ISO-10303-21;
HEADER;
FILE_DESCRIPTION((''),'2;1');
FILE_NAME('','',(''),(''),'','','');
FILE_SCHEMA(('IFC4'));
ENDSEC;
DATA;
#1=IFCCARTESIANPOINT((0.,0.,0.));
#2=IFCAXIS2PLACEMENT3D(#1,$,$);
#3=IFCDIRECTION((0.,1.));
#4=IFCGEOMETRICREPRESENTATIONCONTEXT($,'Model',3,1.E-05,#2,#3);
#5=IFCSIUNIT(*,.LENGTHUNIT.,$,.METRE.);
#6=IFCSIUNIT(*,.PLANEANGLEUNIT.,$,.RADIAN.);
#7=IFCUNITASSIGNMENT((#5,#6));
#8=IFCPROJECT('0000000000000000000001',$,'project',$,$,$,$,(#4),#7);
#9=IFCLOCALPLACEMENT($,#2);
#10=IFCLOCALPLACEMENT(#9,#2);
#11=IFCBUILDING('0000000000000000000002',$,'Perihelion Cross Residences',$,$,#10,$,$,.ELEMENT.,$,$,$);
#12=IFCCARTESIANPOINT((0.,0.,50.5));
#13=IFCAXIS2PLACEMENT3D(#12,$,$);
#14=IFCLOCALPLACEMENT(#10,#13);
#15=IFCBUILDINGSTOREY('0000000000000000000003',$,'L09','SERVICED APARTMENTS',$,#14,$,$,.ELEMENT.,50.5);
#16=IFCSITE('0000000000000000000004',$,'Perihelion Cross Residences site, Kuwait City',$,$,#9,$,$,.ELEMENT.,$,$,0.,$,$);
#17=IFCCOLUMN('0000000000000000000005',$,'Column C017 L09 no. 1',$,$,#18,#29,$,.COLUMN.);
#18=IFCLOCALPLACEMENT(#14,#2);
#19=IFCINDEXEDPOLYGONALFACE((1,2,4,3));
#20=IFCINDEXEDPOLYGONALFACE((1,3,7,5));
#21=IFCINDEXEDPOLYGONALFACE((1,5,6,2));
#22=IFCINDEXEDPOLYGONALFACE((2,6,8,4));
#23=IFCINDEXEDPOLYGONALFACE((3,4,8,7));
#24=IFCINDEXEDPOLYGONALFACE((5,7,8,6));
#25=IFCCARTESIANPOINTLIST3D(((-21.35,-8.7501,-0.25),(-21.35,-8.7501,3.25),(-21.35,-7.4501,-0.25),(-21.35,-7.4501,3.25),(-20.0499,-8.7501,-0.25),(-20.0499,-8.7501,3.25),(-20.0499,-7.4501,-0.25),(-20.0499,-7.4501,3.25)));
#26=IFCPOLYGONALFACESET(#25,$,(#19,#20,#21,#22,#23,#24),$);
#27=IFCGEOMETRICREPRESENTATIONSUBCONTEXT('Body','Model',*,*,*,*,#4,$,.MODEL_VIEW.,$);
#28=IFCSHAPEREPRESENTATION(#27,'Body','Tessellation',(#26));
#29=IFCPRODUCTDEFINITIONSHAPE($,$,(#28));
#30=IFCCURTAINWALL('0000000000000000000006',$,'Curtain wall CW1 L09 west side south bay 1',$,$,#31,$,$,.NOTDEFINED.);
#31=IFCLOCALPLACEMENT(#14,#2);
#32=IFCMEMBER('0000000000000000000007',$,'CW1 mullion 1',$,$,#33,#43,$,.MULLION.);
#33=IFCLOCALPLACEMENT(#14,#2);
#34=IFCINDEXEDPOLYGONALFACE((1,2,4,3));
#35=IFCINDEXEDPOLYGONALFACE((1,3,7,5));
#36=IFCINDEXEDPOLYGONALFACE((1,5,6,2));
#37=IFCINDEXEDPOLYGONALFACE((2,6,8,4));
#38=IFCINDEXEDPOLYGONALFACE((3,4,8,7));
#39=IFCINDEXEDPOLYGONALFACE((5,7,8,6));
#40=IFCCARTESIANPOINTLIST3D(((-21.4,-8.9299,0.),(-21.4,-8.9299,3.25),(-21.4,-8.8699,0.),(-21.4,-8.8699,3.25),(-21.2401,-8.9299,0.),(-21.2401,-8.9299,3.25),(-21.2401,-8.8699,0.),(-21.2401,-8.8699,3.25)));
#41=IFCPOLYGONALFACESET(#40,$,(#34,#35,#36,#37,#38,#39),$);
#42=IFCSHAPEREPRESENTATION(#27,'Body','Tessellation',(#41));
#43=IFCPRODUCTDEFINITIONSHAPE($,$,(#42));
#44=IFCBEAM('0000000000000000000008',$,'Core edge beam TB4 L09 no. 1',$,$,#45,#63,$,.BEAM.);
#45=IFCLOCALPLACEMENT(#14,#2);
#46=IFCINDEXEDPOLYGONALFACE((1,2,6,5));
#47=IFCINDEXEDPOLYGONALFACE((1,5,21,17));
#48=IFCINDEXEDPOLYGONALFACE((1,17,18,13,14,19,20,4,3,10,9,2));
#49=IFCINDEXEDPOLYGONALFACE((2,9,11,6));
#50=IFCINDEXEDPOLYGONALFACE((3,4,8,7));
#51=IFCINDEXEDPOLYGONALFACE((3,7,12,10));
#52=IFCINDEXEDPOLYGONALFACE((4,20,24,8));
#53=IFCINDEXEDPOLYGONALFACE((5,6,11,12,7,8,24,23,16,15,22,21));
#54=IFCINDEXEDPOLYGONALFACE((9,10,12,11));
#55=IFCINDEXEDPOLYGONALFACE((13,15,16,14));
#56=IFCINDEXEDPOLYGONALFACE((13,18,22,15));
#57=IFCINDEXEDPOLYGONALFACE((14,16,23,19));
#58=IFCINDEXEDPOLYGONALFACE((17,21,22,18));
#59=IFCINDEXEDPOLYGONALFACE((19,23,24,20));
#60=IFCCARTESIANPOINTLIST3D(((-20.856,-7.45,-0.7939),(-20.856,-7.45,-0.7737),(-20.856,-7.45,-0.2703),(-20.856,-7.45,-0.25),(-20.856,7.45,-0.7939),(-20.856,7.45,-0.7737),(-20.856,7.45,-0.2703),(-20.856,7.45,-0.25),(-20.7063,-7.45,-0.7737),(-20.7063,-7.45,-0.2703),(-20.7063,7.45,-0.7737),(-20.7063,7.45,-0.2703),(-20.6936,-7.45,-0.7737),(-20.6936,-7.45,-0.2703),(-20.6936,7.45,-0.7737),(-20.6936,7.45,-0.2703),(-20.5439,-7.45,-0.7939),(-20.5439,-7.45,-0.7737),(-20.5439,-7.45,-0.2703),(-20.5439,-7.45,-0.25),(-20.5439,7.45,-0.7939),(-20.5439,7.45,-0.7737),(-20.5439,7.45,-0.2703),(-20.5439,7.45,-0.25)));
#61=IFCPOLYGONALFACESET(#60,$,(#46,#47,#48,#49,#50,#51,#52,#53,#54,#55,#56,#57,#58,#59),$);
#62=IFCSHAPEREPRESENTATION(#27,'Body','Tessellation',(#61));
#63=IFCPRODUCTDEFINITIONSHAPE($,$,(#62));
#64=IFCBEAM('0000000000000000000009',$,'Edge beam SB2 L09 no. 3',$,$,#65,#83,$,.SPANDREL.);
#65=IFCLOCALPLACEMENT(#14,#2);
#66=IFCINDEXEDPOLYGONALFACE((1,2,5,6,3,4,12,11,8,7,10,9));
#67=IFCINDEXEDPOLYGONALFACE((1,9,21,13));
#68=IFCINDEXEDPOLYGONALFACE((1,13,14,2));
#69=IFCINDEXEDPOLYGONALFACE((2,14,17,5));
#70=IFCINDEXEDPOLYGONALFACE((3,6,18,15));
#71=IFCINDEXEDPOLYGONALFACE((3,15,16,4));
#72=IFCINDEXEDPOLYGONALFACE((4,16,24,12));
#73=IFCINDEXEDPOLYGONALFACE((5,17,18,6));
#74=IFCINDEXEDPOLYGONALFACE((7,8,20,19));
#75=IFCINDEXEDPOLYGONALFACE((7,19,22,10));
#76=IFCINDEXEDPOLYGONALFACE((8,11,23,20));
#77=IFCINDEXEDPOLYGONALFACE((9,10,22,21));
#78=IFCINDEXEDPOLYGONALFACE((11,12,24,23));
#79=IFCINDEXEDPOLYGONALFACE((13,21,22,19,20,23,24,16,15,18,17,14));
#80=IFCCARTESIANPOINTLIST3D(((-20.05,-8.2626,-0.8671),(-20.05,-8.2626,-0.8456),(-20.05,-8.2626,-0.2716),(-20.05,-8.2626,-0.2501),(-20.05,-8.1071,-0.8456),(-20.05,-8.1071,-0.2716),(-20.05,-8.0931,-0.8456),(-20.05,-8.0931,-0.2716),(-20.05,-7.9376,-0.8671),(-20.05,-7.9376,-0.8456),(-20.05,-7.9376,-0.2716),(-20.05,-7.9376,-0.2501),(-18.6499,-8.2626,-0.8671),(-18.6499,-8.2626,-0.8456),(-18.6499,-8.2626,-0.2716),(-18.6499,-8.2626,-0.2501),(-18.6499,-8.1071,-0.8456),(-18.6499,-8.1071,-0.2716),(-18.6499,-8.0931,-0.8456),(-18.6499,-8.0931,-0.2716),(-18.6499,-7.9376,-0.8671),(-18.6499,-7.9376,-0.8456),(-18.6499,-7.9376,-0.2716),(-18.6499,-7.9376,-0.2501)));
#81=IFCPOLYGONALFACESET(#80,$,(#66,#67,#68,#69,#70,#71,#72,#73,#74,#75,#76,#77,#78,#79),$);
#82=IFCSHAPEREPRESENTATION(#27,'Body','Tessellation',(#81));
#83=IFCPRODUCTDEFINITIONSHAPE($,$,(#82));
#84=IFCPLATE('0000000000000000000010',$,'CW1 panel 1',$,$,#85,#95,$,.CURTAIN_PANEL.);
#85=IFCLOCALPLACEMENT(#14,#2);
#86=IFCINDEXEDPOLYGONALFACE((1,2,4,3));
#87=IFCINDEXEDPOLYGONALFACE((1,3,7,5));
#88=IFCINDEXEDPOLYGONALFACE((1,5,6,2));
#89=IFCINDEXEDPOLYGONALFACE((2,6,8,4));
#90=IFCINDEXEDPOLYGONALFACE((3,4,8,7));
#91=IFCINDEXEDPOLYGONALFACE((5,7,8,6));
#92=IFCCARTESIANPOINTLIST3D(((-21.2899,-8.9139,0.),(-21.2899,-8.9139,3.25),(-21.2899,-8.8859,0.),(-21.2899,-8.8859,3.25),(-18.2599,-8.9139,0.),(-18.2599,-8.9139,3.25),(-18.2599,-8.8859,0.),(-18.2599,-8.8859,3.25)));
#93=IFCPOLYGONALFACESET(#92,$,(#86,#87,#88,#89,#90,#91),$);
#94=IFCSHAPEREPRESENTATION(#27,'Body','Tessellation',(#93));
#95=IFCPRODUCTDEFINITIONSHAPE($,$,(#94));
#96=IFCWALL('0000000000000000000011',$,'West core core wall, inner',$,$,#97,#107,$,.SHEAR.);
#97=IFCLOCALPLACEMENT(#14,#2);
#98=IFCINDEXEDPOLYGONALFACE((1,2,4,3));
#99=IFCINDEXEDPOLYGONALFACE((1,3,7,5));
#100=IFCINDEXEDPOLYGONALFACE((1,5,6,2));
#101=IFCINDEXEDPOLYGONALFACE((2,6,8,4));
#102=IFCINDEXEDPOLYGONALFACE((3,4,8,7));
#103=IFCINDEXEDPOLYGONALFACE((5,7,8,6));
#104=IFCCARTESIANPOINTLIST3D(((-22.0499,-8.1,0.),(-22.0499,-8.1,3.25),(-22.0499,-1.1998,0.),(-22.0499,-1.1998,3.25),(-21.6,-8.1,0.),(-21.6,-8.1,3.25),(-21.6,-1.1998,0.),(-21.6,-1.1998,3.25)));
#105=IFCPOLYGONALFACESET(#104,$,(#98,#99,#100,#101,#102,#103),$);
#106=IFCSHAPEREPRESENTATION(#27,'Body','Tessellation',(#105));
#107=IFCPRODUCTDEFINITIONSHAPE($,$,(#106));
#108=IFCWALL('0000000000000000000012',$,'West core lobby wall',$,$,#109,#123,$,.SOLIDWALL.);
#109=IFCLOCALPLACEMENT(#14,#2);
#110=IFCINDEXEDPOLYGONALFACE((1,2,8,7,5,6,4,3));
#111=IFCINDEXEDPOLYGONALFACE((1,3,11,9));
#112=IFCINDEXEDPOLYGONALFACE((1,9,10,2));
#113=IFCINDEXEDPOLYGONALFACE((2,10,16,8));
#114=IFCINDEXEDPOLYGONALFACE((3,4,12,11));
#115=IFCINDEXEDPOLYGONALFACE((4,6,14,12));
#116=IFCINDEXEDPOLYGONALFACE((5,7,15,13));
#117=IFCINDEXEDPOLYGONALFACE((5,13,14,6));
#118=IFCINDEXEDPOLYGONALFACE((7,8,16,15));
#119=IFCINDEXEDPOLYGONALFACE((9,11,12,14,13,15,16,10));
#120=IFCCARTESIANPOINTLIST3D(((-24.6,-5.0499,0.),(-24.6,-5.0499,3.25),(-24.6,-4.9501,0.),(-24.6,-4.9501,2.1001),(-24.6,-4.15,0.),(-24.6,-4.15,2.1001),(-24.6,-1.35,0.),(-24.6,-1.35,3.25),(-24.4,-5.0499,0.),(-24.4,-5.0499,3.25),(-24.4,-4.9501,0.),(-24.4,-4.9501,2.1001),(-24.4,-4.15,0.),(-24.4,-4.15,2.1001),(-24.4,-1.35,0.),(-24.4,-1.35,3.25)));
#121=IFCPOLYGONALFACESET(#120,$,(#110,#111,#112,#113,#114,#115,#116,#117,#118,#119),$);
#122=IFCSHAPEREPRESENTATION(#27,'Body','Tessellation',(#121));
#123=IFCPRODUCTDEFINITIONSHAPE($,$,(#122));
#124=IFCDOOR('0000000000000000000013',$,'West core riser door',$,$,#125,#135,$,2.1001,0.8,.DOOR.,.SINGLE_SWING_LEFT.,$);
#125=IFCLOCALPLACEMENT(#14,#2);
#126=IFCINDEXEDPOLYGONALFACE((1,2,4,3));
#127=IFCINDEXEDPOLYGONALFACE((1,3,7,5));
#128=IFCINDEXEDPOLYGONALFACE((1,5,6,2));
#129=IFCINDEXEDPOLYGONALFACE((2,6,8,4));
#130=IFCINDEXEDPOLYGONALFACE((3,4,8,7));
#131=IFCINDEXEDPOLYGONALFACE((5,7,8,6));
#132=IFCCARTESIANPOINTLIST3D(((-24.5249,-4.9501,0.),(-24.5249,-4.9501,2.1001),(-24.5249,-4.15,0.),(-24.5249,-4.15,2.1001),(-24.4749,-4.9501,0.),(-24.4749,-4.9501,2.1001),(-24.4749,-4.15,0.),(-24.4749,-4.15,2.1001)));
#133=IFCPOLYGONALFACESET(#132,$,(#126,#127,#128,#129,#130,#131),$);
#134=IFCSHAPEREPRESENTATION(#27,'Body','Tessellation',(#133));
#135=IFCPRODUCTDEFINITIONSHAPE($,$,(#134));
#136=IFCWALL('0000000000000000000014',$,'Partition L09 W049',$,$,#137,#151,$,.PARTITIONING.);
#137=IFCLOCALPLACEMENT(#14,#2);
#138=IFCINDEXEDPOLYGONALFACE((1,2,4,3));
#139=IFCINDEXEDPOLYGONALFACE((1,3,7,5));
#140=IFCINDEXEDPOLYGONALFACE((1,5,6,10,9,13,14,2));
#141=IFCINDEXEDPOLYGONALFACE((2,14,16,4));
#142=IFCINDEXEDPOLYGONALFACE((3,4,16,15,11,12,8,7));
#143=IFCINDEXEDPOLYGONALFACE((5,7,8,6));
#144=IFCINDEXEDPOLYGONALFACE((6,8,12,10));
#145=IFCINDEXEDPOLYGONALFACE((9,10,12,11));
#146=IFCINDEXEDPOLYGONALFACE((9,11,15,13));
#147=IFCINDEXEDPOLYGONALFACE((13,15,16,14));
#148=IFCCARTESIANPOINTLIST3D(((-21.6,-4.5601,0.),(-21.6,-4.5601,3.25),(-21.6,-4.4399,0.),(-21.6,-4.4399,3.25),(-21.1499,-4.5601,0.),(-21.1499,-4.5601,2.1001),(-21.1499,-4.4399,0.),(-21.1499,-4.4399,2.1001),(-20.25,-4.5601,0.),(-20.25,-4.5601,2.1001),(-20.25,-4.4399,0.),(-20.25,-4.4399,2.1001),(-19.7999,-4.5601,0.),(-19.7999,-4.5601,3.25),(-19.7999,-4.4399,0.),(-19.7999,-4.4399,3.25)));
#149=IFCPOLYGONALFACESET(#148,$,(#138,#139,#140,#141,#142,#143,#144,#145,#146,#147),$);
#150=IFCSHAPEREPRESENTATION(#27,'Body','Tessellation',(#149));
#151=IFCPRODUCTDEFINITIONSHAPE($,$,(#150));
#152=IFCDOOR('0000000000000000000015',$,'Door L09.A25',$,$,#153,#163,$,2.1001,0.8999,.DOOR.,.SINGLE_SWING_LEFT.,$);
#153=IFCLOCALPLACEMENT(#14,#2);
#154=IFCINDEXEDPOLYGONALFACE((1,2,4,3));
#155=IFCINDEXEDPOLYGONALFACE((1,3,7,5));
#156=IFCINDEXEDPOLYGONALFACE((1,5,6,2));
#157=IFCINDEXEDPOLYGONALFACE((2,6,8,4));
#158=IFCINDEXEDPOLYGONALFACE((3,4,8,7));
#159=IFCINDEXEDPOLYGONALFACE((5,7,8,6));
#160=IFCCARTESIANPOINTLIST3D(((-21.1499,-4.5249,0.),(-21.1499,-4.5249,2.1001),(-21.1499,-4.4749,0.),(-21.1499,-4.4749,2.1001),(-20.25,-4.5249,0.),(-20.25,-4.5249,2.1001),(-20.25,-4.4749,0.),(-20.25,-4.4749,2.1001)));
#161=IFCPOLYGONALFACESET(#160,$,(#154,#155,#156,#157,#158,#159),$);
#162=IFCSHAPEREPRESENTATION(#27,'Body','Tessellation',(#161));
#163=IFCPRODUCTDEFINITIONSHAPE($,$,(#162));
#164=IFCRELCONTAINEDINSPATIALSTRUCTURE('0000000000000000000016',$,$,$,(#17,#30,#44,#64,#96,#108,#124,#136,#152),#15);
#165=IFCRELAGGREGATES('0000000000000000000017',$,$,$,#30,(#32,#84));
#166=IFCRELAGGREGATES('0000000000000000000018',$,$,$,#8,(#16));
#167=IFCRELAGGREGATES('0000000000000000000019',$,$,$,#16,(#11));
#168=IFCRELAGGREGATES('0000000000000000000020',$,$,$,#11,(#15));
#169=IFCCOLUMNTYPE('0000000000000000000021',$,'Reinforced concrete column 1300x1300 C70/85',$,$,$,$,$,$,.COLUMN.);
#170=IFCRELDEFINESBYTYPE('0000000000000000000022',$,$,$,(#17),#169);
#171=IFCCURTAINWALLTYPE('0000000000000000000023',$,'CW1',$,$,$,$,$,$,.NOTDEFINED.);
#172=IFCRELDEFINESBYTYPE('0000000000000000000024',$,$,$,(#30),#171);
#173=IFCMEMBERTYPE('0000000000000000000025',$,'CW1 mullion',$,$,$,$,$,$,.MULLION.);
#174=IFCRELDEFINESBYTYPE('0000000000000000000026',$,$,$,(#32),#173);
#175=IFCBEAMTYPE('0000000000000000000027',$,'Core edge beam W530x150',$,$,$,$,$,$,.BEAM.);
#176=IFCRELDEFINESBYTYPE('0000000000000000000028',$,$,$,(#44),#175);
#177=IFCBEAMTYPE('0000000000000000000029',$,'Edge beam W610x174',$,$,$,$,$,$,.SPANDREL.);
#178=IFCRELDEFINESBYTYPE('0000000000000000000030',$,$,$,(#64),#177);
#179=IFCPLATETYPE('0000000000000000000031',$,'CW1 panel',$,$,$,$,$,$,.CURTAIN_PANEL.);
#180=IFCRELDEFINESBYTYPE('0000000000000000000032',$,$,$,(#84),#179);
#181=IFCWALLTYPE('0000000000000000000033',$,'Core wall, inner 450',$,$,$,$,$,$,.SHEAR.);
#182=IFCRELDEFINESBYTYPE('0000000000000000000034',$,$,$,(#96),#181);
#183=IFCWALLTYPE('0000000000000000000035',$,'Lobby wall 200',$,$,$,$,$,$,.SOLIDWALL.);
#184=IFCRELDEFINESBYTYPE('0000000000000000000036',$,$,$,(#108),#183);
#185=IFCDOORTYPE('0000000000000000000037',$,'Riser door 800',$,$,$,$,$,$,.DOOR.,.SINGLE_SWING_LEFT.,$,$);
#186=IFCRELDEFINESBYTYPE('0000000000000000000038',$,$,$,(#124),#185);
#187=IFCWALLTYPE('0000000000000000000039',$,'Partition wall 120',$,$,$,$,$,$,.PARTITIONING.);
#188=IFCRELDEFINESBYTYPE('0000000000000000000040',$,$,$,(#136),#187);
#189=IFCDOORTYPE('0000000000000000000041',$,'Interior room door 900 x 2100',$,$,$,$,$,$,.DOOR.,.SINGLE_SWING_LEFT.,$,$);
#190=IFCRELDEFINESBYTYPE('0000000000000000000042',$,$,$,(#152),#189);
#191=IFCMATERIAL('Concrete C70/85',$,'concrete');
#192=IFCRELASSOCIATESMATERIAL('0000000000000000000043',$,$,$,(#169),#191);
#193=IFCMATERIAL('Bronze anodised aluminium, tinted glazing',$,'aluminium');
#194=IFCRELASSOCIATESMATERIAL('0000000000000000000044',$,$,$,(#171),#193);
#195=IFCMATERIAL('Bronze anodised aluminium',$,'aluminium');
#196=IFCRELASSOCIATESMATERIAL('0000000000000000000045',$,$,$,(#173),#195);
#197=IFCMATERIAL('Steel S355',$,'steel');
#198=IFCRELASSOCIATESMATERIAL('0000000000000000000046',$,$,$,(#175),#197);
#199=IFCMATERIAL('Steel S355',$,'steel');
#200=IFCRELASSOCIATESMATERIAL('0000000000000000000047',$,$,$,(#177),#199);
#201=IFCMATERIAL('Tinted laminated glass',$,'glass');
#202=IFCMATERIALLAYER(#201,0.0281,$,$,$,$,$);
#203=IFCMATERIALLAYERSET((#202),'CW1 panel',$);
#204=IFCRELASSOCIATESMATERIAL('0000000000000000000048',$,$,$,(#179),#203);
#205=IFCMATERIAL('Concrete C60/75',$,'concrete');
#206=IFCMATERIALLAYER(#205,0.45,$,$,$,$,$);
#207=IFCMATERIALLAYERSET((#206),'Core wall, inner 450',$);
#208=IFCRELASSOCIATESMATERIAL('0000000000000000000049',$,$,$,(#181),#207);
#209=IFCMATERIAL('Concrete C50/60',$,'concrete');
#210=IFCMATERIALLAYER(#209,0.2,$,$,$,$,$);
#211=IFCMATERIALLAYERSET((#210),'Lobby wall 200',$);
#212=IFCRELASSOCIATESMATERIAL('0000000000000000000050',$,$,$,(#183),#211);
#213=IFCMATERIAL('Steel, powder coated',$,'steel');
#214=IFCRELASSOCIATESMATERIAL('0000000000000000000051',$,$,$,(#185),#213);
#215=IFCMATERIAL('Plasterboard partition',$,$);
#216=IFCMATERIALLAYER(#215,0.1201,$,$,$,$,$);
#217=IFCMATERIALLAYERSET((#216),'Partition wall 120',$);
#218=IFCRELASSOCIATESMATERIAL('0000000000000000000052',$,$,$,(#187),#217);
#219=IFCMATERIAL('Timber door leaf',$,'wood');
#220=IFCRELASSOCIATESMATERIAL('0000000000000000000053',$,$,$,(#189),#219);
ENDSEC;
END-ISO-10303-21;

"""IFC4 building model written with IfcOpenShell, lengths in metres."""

from ifc_helpers import new_model, si_unit, direction, frame, frame_2d, origin, origin_2d, place, context, subcontext, project, spatial, rectangle, i_section, extrude, material, layer, layer_set, material_profile, profile_set, type_object, element, fill, aggregate, save


model = new_model("IFC4")

# Units and contexts
model_context = context("Model", 3, precision=1e-05, world=origin(), true_north=direction((0.0, 1.0)))
body_context = subcontext(model_context, "Body", "Model", "MODEL_VIEW")
ifc_project = project(units=[si_unit("LENGTHUNIT", "METRE"), si_unit("PLANEANGLEUNIT", "RADIAN")], contexts=[model_context])

# Site, building, storey
site_placement = place(None, origin())
site = spatial("IfcSite", under=ifc_project, at=site_placement, Name="Perihelion Cross Residences site, Kuwait City", CompositionType="ELEMENT", RefElevation=0.0)
building_placement = place(site_placement, origin())
building = spatial("IfcBuilding", under=site, at=building_placement, Name="Perihelion Cross Residences", CompositionType="ELEMENT")
storey_placement = place(building_placement, frame((0.0, 0.0, 50.5)))
storey = spatial("IfcBuildingStorey", under=building, at=storey_placement, Name="L09", Description="SERVICED APARTMENTS", CompositionType="ELEMENT", Elevation=50.5)

# Column
ifc_material_1 = material(Name="Concrete C70/85", Category="concrete")
ifc_material_profile_1 = material_profile(ifc_material_1, rectangle(XDim=1.3, YDim=1.3, at=origin_2d()), Name="RC 1300x1300")
ifc_profile_set_1 = profile_set([ifc_material_profile_1], Name="Concrete C70/85")
column_type = type_object("IfcColumnType", Name="Reinforced concrete column 1300x1300 C70/85", PredefinedType="COLUMN", material=ifc_profile_set_1)
column_placement = place(storey_placement, frame((-20.7, -8.1001, -0.25), z_axis=(0.0, 0.0, 1.0), x_axis=(1.0, 0.0, 0.0)))
element("IfcColumn", 1, at=column_placement, inside=storey, type_object=column_type, Name="Column C017 L09 no. 1", PredefinedType="COLUMN", context=body_context, shape_type="SweptSolid", body=[
    extrude(rectangle(XDim=1.3, YDim=1.3, at=origin_2d()), origin(), (0.0, 0.0, 1.0), 3.5),
])

# Curtain wall, member
ifc_material_2 = material(Name="Bronze anodised aluminium, tinted glazing", Category="aluminium")
curtain_wall_type = type_object("IfcCurtainWallType", Name="CW1", PredefinedType="NOTDEFINED", material=ifc_material_2)
curtain_wall_placement = place(storey_placement, origin())
curtain_wall = element("IfcCurtainWall", 2, at=curtain_wall_placement, inside=storey, type_object=curtain_wall_type, Name="Curtain wall CW1 L09 west side south bay 1", PredefinedType="NOTDEFINED")
ifc_material_3 = material(Name="Bronze anodised aluminium", Category="aluminium")
ifc_material_profile_2 = material_profile(ifc_material_3, rectangle(XDim=0.0601, YDim=0.1599, at=origin_2d()), Name="CW1 mullion")
ifc_profile_set_2 = profile_set([ifc_material_profile_2], Name="Bronze anodised aluminium")
member_type = type_object("IfcMemberType", Name="CW1 mullion", PredefinedType="MULLION", material=ifc_profile_set_2)
member_placement = place(storey_placement, frame((-21.3201, -8.8999, 0.0), z_axis=(0.0, 0.0, 1.0), x_axis=(0.0, 1.0, 0.0)))
member = element("IfcMember", 3, at=member_placement, type_object=member_type, Name="CW1 mullion 1", PredefinedType="MULLION", context=body_context, shape_type="SweptSolid", body=[
    extrude(rectangle(XDim=0.0601, YDim=0.1599, at=origin_2d()), origin(), (0.0, 0.0, 1.0), 3.25),
])

# Beams
ifc_material_4 = material(Name="Steel S355", Category="steel")
ifc_material_profile_3 = material_profile(ifc_material_4, i_section(OverallWidth=0.312, OverallDepth=0.5439, WebThickness=0.0127, FlangeThickness=0.0203, at=origin_2d()), Name="W530x150")
ifc_profile_set_3 = profile_set([ifc_material_profile_3], Name="Steel S355")
beam_type_1 = type_object("IfcBeamType", Name="Core edge beam W530x150", PredefinedType="BEAM", material=ifc_profile_set_3)
beam_1_placement = place(storey_placement, frame((-20.7, -7.45, -0.522), z_axis=(0.0, 1.0, 0.0), x_axis=(-1.0, 0.0, 0.0)))
element("IfcBeam", 4, at=beam_1_placement, inside=storey, type_object=beam_type_1, Name="Core edge beam TB4 L09 no. 1", PredefinedType="BEAM", context=body_context, shape_type="SweptSolid", body=[
    extrude(i_section(OverallWidth=0.312, OverallDepth=0.5439, WebThickness=0.0127, FlangeThickness=0.0203, at=origin_2d()), origin(), (0.0, 0.0, 1.0), 14.8999),
])
ifc_material_5 = material(Name="Steel S355", Category="steel")
ifc_material_profile_4 = material_profile(ifc_material_5, i_section(OverallWidth=0.325, OverallDepth=0.6169, WebThickness=0.0139, FlangeThickness=0.0215, at=origin_2d()), Name="W610x174")
ifc_profile_set_4 = profile_set([ifc_material_profile_4], Name="Steel S355")
beam_type_2 = type_object("IfcBeamType", Name="Edge beam W610x174", PredefinedType="SPANDREL", material=ifc_profile_set_4)
beam_2_placement = place(storey_placement, frame((-20.05, -8.1001, -0.5586), z_axis=(1.0, 0.0, 0.0), x_axis=(0.0, 1.0, 0.0)))
element("IfcBeam", 5, at=beam_2_placement, inside=storey, type_object=beam_type_2, Name="Edge beam SB2 L09 no. 3", PredefinedType="SPANDREL", context=body_context, shape_type="SweptSolid", body=[
    extrude(i_section(OverallWidth=0.325, OverallDepth=0.6169, WebThickness=0.0139, FlangeThickness=0.0215, at=origin_2d()), origin(), (0.0, 0.0, 1.0), 1.4001),
])

# Plate
ifc_material_6 = material(Name="Tinted laminated glass", Category="glass")
ifc_layer_1 = layer(ifc_material_6, 0.0281)
ifc_layer_set_1 = layer_set([ifc_layer_1], Name="CW1 panel")
plate_type = type_object("IfcPlateType", Name="CW1 panel", PredefinedType="CURTAIN_PANEL", material=ifc_layer_set_1)
plate_placement = place(storey_placement, frame((-19.7749, -8.8999, 0.0), z_axis=(0.0, 0.0, 1.0), x_axis=(1.0, 0.0, 0.0)))
plate = element("IfcPlate", 6, at=plate_placement, type_object=plate_type, Name="CW1 panel 1", PredefinedType="CURTAIN_PANEL", context=body_context, shape_type="SweptSolid", body=[
    extrude(rectangle(XDim=3.03, YDim=0.0281, at=origin_2d()), origin(), (0.0, 0.0, 1.0), 3.25),
])
aggregate(curtain_wall, [member, plate])

# Wall
ifc_material_7 = material(Name="Concrete C60/75", Category="concrete")
ifc_layer_2 = layer(ifc_material_7, 0.45)
ifc_layer_set_2 = layer_set([ifc_layer_2], Name="Core wall, inner 450")
wall_type_1 = type_object("IfcWallType", Name="Core wall, inner 450", PredefinedType="SHEAR", material=ifc_layer_set_2)
wall_1_placement = place(storey_placement, frame((-21.825, -8.1001, 0.0), z_axis=(0.0, 0.0, 1.0), x_axis=(0.0, 1.0, 0.0)))
element("IfcWall", 7, at=wall_1_placement, inside=storey, type_object=wall_type_1, Name="West core core wall, inner", PredefinedType="SHEAR", context=body_context, shape_type="SweptSolid", body=[
    extrude(rectangle(XDim=6.9001, YDim=0.45, at=frame_2d((3.4502, 0.0))), origin(), (0.0, 0.0, 1.0), 3.25),
])

# Walls, openings, doors
ifc_material_8 = material(Name="Concrete C50/60", Category="concrete")
ifc_layer_3 = layer(ifc_material_8, 0.2)
ifc_layer_set_3 = layer_set([ifc_layer_3], Name="Lobby wall 200")
wall_type_2 = type_object("IfcWallType", Name="Lobby wall 200", PredefinedType="SOLIDWALL", material=ifc_layer_set_3)
wall_2_placement = place(storey_placement, frame((-24.5, -5.05, 0.0), z_axis=(0.0, 0.0, 1.0), x_axis=(0.0, 1.0, 0.0)))
wall_2 = element("IfcWall", 8, at=wall_2_placement, inside=storey, type_object=wall_type_2, Name="West core lobby wall", PredefinedType="SOLIDWALL", context=body_context, shape_type="SweptSolid", body=[
    extrude(rectangle(XDim=3.7, YDim=0.2, at=frame_2d((1.8501, 0.0))), origin(), (0.0, 0.0, 1.0), 3.25),
])
opening_1_placement = place(wall_2_placement, frame((0.1001, 0.0, 0.0)))
opening_1 = element("IfcOpeningElement", 9, at=opening_1_placement, cuts=wall_2, PredefinedType="OPENING", context=body_context, shape_type="SweptSolid", body=[
    extrude(rectangle(XDim=0.8, YDim=2.1001, at=frame_2d((0.3999, 1.05))), frame((0.0, 0.1099, 0.0), z_axis=(0.0, -1.0, 0.0), x_axis=(1.0, 0.0, 0.0)), (0.0, 0.0, 1.0), 0.22),
])
ifc_material_9 = material(Name="Steel, powder coated", Category="steel")
door_type_1 = type_object("IfcDoorType", Name="Riser door 800", OperationType="SINGLE_SWING_LEFT", PredefinedType="DOOR", material=ifc_material_9)
door_1_placement = place(opening_1_placement, origin())
door_1 = element("IfcDoor", 10, at=door_1_placement, inside=storey, type_object=door_type_1, Name="West core riser door", OperationType="SINGLE_SWING_LEFT", OverallHeight=2.1001, OverallWidth=0.8, PredefinedType="DOOR", context=body_context, shape_type="SweptSolid", body=[
    extrude(rectangle(XDim=0.8, YDim=2.1001, at=frame_2d((0.3999, 1.05))), frame((0.0, 0.0249, 0.0), z_axis=(0.0, -1.0, 0.0), x_axis=(1.0, 0.0, 0.0)), (0.0, 0.0, 1.0), 0.05),
])
fill(opening_1, door_1)
ifc_material_10 = material(Name="Plasterboard partition")
ifc_layer_4 = layer(ifc_material_10, 0.1201)
ifc_layer_set_4 = layer_set([ifc_layer_4], Name="Partition wall 120")
wall_type_3 = type_object("IfcWallType", Name="Partition wall 120", PredefinedType="PARTITIONING", material=ifc_layer_set_4)
wall_3_placement = place(storey_placement, frame((-19.8, -4.5, 0.0), z_axis=(0.0, 0.0, 1.0), x_axis=(-1.0, 0.0, 0.0)))
wall_3 = element("IfcWall", 11, at=wall_3_placement, inside=storey, type_object=wall_type_3, Name="Partition L09 W049", PredefinedType="PARTITIONING", context=body_context, shape_type="SweptSolid", body=[
    extrude(rectangle(XDim=1.8, YDim=0.1201, at=frame_2d((0.8999, 0.0))), origin(), (0.0, 0.0, 1.0), 3.25),
])
opening_2_placement = place(wall_3_placement, frame((0.45, 0.0, 0.0)))
opening_2 = element("IfcOpeningElement", 12, at=opening_2_placement, cuts=wall_3, PredefinedType="OPENING", context=body_context, shape_type="SweptSolid", body=[
    extrude(rectangle(XDim=0.8999, YDim=2.1001, at=frame_2d((0.45, 1.05))), frame((0.0, 0.0701, 0.0), z_axis=(0.0, -1.0, 0.0), x_axis=(1.0, 0.0, 0.0)), (0.0, 0.0, 1.0), 0.1401),
])
ifc_material_11 = material(Name="Timber door leaf", Category="wood")
door_type_2 = type_object("IfcDoorType", Name="Interior room door 900 x 2100", OperationType="SINGLE_SWING_LEFT", PredefinedType="DOOR", material=ifc_material_11)
door_2_placement = place(opening_2_placement, origin())
door_2 = element("IfcDoor", 13, at=door_2_placement, inside=storey, type_object=door_type_2, Name="Door L09.A25", OperationType="SINGLE_SWING_LEFT", OverallHeight=2.1001, OverallWidth=0.8999, PredefinedType="DOOR", context=body_context, shape_type="SweptSolid", body=[
    extrude(rectangle(XDim=0.8999, YDim=2.1001, at=frame_2d((0.45, 1.05))), frame((0.0, 0.0249, 0.0), z_axis=(0.0, -1.0, 0.0), x_axis=(1.0, 0.0, 0.0)), (0.0, 0.0, 1.0), 0.05),
])
fill(opening_2, door_2)

save(model, "model.ifc")
